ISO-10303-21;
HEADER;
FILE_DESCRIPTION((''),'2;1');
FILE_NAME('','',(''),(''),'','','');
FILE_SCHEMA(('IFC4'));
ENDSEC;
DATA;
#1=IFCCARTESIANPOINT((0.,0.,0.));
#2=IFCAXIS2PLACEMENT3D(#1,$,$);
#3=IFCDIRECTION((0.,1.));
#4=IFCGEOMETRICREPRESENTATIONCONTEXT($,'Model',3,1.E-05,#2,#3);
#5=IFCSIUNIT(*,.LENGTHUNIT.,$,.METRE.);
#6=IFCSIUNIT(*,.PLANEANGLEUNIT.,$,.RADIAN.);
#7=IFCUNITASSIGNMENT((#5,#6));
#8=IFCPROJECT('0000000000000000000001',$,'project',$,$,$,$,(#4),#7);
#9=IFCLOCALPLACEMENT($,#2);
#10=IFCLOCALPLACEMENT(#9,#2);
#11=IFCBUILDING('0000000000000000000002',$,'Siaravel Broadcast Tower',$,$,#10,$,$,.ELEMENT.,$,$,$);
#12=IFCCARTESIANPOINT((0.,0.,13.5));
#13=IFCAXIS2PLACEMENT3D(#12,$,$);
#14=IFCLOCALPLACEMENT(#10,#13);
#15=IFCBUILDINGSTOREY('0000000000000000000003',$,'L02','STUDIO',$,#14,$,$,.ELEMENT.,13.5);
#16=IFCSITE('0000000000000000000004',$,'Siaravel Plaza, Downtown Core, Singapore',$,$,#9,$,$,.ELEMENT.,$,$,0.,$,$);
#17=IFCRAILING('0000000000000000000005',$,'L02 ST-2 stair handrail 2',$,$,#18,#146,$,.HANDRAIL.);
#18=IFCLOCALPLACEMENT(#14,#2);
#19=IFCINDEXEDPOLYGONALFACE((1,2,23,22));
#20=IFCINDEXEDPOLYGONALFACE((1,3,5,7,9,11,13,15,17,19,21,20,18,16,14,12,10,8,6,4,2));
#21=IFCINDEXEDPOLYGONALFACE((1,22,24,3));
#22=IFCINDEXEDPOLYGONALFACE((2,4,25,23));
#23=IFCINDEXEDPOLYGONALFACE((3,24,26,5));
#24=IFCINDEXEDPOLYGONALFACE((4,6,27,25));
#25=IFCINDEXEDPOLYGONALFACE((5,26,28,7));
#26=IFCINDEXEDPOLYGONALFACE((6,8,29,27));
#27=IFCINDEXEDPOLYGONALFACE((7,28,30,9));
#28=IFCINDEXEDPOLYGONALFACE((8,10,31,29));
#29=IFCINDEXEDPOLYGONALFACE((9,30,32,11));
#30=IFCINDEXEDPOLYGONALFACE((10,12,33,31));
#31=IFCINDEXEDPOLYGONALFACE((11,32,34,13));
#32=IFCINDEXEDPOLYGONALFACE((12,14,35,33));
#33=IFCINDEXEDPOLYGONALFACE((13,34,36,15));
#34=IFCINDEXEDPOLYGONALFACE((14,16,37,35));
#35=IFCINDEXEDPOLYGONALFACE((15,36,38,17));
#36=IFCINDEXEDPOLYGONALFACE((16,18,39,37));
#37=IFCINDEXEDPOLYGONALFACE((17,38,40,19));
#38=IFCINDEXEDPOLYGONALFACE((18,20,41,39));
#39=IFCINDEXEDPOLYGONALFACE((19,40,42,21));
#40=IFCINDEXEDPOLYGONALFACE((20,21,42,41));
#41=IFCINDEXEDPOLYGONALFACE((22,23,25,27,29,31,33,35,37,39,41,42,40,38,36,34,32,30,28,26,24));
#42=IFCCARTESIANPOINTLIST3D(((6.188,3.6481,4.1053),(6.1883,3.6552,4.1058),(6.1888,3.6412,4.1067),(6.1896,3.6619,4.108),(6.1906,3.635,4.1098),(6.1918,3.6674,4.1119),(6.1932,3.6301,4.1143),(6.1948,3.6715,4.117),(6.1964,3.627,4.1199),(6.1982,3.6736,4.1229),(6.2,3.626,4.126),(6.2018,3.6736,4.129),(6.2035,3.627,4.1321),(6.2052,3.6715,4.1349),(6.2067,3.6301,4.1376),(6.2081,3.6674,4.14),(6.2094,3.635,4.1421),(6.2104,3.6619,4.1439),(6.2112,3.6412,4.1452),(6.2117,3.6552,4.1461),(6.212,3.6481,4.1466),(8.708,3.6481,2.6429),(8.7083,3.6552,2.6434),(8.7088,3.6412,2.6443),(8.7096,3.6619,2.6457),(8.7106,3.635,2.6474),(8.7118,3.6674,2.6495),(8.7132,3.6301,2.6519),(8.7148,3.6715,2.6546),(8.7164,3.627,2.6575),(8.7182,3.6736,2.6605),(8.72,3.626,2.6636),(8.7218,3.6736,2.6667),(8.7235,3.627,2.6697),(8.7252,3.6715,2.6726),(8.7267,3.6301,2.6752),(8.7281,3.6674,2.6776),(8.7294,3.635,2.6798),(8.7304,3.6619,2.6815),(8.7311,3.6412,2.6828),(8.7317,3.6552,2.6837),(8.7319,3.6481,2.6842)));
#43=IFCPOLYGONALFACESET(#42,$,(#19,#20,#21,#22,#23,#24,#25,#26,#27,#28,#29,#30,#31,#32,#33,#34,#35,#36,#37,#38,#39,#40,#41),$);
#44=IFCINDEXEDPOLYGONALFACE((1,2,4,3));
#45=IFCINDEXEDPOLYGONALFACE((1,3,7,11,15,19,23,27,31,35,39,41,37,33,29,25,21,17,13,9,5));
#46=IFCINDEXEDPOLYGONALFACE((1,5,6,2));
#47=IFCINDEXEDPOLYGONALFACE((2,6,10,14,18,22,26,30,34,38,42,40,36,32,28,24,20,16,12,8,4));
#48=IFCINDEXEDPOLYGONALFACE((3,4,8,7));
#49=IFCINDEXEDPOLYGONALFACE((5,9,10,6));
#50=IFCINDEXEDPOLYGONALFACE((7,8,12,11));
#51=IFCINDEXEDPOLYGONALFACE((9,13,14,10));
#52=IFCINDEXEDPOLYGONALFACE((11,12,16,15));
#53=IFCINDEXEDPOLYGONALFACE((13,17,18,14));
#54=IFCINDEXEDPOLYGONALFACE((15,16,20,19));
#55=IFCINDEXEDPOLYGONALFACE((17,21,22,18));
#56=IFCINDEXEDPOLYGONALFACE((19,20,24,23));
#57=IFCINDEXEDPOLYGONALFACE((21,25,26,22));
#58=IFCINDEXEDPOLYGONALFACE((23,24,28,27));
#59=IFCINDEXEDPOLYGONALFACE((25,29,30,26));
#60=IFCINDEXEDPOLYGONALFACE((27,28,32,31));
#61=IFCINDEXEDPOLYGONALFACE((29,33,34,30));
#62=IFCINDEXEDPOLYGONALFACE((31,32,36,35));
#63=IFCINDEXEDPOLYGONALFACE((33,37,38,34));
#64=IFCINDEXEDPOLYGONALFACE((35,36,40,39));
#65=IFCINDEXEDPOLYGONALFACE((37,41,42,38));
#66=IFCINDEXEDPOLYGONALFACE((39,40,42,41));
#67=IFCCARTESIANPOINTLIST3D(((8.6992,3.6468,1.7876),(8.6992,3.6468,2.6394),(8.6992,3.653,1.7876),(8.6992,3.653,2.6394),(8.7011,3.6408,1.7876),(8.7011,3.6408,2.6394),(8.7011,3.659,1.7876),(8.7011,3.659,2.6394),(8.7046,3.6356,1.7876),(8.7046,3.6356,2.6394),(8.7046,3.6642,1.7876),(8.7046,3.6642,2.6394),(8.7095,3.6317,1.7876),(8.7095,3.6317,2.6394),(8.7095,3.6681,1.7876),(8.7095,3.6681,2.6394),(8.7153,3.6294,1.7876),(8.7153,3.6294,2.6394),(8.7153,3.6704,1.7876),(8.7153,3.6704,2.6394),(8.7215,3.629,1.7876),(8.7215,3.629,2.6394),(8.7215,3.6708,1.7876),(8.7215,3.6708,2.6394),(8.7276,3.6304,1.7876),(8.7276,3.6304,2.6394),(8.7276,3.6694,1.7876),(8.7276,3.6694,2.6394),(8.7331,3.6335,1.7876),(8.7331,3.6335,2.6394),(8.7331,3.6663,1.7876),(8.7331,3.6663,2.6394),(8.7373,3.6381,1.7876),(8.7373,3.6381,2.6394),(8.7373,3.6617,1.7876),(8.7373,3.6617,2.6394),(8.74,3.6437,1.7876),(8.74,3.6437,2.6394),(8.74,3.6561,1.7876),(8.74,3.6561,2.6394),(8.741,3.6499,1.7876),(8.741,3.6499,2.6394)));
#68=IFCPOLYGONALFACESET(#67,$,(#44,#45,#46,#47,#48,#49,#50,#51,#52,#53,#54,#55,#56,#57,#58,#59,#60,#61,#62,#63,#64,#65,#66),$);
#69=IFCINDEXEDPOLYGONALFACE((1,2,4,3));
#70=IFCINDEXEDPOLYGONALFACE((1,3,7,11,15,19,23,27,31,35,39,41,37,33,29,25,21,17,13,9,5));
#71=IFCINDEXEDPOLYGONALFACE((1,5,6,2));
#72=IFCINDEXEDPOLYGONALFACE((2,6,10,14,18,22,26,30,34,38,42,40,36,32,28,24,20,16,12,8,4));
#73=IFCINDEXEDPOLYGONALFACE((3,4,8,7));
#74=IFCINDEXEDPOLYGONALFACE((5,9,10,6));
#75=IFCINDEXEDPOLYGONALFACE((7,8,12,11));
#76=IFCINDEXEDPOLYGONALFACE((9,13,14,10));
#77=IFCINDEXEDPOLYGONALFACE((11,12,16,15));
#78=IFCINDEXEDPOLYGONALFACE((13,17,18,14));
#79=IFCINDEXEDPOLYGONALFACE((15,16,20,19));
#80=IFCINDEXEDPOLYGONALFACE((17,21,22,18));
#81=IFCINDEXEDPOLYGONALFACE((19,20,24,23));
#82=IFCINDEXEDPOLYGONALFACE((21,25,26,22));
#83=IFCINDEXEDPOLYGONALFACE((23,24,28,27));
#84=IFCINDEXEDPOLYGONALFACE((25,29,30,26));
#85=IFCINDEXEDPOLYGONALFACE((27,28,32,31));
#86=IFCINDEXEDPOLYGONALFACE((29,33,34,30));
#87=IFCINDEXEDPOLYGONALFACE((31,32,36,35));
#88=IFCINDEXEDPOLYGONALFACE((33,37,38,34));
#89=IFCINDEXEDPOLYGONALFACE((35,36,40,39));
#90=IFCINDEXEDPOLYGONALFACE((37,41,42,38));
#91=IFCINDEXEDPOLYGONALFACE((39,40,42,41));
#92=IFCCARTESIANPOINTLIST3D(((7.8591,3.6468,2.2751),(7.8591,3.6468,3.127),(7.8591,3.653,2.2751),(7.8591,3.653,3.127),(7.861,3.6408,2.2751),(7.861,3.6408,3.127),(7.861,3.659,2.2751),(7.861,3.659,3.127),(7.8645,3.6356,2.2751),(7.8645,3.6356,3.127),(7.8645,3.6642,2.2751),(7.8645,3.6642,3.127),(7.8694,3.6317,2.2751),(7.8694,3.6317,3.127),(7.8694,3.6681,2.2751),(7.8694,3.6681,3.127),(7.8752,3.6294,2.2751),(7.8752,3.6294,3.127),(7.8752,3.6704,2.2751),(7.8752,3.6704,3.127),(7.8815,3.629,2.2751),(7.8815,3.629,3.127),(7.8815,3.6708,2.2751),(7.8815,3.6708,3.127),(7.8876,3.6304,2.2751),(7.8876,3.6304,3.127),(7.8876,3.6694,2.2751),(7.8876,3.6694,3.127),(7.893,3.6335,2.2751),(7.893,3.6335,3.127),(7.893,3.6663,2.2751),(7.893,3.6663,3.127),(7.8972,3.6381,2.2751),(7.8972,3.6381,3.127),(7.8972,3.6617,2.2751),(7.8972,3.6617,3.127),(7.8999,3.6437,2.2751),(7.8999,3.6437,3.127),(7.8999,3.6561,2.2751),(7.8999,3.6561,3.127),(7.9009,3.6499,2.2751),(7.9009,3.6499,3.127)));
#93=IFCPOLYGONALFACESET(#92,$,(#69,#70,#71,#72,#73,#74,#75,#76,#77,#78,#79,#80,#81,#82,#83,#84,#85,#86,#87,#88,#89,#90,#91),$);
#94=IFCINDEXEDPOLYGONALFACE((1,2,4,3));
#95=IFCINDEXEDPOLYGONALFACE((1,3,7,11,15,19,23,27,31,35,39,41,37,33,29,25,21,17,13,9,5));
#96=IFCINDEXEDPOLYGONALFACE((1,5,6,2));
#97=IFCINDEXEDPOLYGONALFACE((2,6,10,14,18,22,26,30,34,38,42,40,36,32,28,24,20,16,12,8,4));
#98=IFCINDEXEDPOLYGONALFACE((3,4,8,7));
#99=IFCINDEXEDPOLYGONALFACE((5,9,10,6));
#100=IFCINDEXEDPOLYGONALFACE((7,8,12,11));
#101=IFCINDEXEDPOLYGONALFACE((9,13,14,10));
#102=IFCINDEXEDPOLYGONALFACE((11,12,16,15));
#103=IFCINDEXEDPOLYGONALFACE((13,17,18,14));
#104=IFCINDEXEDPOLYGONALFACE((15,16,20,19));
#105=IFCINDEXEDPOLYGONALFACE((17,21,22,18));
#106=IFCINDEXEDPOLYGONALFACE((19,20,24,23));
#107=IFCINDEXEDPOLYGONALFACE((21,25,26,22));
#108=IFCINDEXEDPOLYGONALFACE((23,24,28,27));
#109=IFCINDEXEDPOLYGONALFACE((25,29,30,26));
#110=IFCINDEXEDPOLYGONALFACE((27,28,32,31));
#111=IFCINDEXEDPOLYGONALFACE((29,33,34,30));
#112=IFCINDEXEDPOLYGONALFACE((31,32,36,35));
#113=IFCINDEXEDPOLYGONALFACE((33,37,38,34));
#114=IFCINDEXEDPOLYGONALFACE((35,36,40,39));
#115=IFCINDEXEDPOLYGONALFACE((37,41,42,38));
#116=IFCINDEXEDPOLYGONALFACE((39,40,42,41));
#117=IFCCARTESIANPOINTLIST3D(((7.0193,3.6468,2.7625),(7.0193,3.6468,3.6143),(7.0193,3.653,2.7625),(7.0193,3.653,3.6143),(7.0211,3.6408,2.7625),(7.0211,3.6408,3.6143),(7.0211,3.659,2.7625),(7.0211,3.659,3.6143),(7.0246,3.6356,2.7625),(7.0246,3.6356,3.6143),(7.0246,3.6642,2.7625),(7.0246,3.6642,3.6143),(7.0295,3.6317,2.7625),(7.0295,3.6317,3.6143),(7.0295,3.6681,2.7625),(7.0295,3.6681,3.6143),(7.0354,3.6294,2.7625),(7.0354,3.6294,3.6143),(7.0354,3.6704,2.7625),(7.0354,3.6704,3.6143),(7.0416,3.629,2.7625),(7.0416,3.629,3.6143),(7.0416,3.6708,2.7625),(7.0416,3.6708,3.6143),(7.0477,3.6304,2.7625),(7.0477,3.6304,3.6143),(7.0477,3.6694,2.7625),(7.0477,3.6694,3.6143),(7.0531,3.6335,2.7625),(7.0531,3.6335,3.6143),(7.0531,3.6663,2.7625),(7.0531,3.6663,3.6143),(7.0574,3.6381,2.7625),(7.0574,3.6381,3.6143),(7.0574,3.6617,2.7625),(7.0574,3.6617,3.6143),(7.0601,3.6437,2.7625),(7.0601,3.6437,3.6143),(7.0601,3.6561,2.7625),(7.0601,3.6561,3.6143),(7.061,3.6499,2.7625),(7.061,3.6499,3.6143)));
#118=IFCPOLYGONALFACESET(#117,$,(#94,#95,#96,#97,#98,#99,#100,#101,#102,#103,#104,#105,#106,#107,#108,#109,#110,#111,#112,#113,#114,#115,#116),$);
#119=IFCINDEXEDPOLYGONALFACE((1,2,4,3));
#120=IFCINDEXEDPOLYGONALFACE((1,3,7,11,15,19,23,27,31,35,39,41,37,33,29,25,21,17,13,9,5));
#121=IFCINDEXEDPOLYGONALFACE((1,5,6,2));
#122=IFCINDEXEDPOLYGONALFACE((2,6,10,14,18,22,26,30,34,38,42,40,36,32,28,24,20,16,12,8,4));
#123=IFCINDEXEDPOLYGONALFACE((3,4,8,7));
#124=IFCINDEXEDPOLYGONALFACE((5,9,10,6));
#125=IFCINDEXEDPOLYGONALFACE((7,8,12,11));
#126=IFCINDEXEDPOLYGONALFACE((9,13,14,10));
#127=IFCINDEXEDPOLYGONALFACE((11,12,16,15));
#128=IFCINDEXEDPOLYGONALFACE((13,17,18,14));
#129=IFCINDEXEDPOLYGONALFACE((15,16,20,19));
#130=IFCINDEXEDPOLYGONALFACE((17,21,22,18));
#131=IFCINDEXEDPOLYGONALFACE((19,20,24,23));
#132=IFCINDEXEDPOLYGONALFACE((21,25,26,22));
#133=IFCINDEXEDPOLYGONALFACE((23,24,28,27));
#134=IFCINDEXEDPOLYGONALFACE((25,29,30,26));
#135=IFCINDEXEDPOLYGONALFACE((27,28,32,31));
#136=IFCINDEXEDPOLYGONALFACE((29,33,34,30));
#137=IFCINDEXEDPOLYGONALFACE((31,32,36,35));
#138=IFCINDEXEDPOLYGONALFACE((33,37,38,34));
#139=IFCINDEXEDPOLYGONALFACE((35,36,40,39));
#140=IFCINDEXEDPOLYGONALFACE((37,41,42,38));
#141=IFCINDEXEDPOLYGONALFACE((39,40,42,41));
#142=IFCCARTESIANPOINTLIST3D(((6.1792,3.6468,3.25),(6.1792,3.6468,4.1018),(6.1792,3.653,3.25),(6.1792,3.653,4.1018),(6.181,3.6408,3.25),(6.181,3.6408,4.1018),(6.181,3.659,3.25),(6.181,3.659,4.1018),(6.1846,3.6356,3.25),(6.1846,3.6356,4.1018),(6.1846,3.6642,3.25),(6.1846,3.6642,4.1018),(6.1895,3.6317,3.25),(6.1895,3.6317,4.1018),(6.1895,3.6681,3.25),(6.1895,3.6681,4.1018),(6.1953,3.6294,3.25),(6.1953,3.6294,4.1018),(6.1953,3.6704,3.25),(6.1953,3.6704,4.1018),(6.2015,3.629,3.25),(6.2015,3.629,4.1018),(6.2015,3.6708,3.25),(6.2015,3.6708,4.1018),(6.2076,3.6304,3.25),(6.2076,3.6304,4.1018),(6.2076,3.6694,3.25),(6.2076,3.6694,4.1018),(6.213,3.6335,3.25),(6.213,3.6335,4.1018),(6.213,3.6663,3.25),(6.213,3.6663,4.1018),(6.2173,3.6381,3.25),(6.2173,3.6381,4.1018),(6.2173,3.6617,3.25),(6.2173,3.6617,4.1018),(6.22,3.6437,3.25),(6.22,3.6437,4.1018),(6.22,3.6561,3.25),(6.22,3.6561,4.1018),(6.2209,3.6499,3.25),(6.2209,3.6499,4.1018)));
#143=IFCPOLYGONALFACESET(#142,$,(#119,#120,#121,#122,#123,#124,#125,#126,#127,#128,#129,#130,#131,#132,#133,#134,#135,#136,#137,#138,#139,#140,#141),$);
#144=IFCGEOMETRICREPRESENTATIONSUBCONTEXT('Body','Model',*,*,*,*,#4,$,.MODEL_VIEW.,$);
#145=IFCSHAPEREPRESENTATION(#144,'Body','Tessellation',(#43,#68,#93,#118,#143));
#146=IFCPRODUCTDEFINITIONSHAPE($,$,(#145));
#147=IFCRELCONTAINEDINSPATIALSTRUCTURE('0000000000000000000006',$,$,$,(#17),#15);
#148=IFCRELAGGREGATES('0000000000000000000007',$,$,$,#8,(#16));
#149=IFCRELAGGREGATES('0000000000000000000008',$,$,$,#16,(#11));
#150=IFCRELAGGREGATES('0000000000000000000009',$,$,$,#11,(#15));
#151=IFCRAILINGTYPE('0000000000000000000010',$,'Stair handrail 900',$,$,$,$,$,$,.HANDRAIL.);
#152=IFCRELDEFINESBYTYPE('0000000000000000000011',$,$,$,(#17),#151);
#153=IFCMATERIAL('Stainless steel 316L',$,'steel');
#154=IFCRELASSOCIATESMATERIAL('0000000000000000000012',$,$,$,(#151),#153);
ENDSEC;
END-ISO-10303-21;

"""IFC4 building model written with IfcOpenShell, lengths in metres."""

from ifc_helpers import new_model, si_unit, direction, frame, origin, origin_2d, place, context, subcontext, project, spatial, circle, extrude, material, type_object, element, save


model = new_model("IFC4")

# Units and contexts
model_context = context("Model", 3, precision=1e-05, world=origin(), true_north=direction((0.0, 1.0)))
body_context = subcontext(model_context, "Body", "Model", "MODEL_VIEW")
ifc_project = project(units=[si_unit("LENGTHUNIT", "METRE"), si_unit("PLANEANGLEUNIT", "RADIAN")], contexts=[model_context])

# Site, building, storey
site_placement = place(None, origin())
site = spatial("IfcSite", under=ifc_project, at=site_placement, Name="Siaravel Plaza, Downtown Core, Singapore", CompositionType="ELEMENT", RefElevation=0.0)
building_placement = place(site_placement, origin())
building = spatial("IfcBuilding", under=site, at=building_placement, Name="Siaravel Broadcast Tower", CompositionType="ELEMENT")
storey_placement = place(building_placement, frame((0.0, 0.0, 13.5)))
storey = spatial("IfcBuildingStorey", under=building, at=storey_placement, Name="L02", Description="STUDIO", CompositionType="ELEMENT", Elevation=13.5)

# Railing
ifc_material_1 = material(Name="Stainless steel 316L", Category="steel")
railing_type = type_object("IfcRailingType", Name="Stair handrail 900", PredefinedType="HANDRAIL", material=ifc_material_1)
for number, where, name in (
    (1, (8.72, 3.6499, 1.7876), "L02 ST-2 stair handrail 2"),
):
    element("IfcRailing", number, at=place(storey_placement, frame(where)), inside=storey, type_object=railing_type, Name=name, PredefinedType="HANDRAIL", context=body_context, shape_type="SweptSolid", body=[
        extrude(circle(Radius=0.0239, at=origin_2d()), frame((0.0, 0.0, 0.876), z_axis=(-0.864913, 0.0, 0.501921), x_axis=(0.0, -1.0, 0.0)), (0.0, 0.0, 1.0), 2.9136),
        extrude(circle(Radius=0.021, at=origin_2d()), origin(), (0.0, 0.0, 1.0), 0.8518),
        extrude(circle(Radius=0.021, at=origin_2d()), frame((-0.8401, 0.0, 0.4875)), (0.0, 0.0, 1.0), 0.8518),
        extrude(circle(Radius=0.021, at=origin_2d()), frame((-1.6799, 0.0, 0.9749)), (0.0, 0.0, 1.0), 0.8518),
        extrude(circle(Radius=0.021, at=origin_2d()), frame((-2.52, 0.0, 1.4624)), (0.0, 0.0, 1.0), 0.8518),
    ])

save(model, "model.ifc")
